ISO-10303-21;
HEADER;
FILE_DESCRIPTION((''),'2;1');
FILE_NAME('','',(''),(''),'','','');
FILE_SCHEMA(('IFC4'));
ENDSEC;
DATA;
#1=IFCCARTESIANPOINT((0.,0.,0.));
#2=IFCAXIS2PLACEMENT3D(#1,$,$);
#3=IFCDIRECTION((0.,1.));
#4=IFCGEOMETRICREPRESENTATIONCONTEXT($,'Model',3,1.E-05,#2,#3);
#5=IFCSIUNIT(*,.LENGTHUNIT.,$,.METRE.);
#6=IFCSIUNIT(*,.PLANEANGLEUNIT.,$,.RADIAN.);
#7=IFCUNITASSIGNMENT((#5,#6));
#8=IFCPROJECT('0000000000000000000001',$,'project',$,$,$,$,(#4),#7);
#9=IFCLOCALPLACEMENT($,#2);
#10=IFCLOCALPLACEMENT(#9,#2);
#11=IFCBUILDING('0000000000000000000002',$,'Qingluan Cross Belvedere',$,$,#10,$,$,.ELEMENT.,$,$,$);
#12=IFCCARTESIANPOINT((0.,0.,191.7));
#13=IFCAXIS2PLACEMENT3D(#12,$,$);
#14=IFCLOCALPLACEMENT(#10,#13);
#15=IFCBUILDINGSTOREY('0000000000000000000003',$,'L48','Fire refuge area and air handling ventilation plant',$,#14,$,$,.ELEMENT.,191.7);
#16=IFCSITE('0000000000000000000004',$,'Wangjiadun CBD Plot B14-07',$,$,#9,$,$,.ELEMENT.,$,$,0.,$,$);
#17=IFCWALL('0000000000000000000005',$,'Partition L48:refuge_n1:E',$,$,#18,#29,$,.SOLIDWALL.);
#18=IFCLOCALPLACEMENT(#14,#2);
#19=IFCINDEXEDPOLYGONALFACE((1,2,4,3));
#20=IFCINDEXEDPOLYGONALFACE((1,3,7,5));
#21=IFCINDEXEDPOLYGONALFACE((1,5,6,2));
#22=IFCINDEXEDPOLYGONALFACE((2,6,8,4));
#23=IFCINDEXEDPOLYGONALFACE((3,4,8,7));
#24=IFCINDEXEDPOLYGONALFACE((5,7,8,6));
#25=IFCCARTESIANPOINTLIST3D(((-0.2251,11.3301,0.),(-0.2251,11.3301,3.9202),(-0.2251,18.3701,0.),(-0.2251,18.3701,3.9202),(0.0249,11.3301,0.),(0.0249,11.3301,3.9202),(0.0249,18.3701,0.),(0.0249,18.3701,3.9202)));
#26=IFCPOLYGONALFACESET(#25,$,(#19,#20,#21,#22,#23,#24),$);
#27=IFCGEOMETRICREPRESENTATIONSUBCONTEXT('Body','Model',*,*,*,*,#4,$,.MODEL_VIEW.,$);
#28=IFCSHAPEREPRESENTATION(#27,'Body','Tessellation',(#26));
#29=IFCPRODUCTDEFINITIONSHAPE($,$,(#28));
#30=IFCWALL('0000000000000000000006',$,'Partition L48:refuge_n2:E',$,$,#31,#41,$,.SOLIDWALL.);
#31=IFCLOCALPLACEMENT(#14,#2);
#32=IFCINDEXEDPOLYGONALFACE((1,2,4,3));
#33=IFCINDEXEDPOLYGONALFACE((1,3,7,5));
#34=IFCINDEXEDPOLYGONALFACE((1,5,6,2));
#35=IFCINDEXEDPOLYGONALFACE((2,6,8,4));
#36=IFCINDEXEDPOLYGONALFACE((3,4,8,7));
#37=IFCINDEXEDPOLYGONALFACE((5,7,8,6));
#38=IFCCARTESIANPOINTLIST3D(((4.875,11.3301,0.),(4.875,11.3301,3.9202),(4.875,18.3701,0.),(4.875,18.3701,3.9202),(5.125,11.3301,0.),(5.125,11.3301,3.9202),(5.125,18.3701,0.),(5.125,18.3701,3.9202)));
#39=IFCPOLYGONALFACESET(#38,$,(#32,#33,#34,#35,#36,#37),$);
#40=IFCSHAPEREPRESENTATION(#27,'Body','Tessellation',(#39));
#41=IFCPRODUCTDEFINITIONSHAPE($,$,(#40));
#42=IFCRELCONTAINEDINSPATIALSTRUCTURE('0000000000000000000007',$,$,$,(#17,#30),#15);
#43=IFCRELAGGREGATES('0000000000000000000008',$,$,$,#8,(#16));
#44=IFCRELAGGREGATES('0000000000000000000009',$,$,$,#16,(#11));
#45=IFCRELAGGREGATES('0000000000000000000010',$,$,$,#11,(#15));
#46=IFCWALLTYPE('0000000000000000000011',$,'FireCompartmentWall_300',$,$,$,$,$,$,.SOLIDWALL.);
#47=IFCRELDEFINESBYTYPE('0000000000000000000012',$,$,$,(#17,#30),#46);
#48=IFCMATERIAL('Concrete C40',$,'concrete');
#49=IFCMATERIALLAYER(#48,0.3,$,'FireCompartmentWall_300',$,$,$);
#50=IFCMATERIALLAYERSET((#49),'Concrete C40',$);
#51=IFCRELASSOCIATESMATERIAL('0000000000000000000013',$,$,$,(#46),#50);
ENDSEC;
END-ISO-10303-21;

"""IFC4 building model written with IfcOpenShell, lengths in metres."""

from ifc_helpers import new_model, si_unit, direction, frame, frame_2d, origin, place, context, subcontext, project, spatial, rectangle, extrude, material, layer, layer_set, type_object, element, save


model = new_model("IFC4")

# Units and contexts
model_context = context("Model", 3, precision=1e-05, world=origin(), true_north=direction((0.0, 1.0)))
body_context = subcontext(model_context, "Body", "Model", "MODEL_VIEW")
ifc_project = project(units=[si_unit("LENGTHUNIT", "METRE"), si_unit("PLANEANGLEUNIT", "RADIAN")], contexts=[model_context])

# Site, building, storey
site_placement = place(None, origin())
site = spatial("IfcSite", under=ifc_project, at=site_placement, Name="Wangjiadun CBD Plot B14-07", CompositionType="ELEMENT", RefElevation=0.0)
building_placement = place(site_placement, origin())
building = spatial("IfcBuilding", under=site, at=building_placement, Name="Qingluan Cross Belvedere", CompositionType="ELEMENT")
storey_placement = place(building_placement, frame((0.0, 0.0, 191.7)))
storey = spatial("IfcBuildingStorey", under=building, at=storey_placement, Name="L48", Description="Fire refuge area and air handling ventilation plant", CompositionType="ELEMENT", Elevation=191.7)

# Wall
ifc_material_1 = material(Name="Concrete C40", Category="concrete")
ifc_layer_1 = layer(ifc_material_1, 0.3, Name="FireCompartmentWall_300")
ifc_layer_set_1 = layer_set([ifc_layer_1], Name="Concrete C40")
wall_type_1 = type_object("IfcWallType", Name="FireCompartmentWall_300", PredefinedType="SOLIDWALL", material=ifc_layer_set_1)
wall_1_placement = place(storey_placement, frame((-0.1001, 11.3301, 0.0), z_axis=(0.0, 0.0, 1.0), x_axis=(0.0, 1.0, 0.0)))
element("IfcWall", 1, at=wall_1_placement, inside=storey, type_object=wall_type_1, Name="Partition L48:refuge_n1:E", PredefinedType="SOLIDWALL", context=body_context, shape_type="SweptSolid", body=[
    extrude(rectangle(XDim=7.04, YDim=0.25, at=frame_2d((3.52, 0.0))), origin(), (0.0, 0.0, 1.0), 3.9202),
])

# Wall
wall_2_placement = place(storey_placement, frame((5.0, 11.3301, 0.0), z_axis=(0.0, 0.0, 1.0), x_axis=(0.0, 1.0, 0.0)))
element("IfcWall", 2, at=wall_2_placement, inside=storey, type_object=wall_type_1, Name="Partition L48:refuge_n2:E", PredefinedType="SOLIDWALL", context=body_context, shape_type="SweptSolid", body=[
    extrude(rectangle(XDim=7.04, YDim=0.25, at=frame_2d((3.52, 0.0))), origin(), (0.0, 0.0, 1.0), 3.9202),
])

save(model, "model.ifc")
